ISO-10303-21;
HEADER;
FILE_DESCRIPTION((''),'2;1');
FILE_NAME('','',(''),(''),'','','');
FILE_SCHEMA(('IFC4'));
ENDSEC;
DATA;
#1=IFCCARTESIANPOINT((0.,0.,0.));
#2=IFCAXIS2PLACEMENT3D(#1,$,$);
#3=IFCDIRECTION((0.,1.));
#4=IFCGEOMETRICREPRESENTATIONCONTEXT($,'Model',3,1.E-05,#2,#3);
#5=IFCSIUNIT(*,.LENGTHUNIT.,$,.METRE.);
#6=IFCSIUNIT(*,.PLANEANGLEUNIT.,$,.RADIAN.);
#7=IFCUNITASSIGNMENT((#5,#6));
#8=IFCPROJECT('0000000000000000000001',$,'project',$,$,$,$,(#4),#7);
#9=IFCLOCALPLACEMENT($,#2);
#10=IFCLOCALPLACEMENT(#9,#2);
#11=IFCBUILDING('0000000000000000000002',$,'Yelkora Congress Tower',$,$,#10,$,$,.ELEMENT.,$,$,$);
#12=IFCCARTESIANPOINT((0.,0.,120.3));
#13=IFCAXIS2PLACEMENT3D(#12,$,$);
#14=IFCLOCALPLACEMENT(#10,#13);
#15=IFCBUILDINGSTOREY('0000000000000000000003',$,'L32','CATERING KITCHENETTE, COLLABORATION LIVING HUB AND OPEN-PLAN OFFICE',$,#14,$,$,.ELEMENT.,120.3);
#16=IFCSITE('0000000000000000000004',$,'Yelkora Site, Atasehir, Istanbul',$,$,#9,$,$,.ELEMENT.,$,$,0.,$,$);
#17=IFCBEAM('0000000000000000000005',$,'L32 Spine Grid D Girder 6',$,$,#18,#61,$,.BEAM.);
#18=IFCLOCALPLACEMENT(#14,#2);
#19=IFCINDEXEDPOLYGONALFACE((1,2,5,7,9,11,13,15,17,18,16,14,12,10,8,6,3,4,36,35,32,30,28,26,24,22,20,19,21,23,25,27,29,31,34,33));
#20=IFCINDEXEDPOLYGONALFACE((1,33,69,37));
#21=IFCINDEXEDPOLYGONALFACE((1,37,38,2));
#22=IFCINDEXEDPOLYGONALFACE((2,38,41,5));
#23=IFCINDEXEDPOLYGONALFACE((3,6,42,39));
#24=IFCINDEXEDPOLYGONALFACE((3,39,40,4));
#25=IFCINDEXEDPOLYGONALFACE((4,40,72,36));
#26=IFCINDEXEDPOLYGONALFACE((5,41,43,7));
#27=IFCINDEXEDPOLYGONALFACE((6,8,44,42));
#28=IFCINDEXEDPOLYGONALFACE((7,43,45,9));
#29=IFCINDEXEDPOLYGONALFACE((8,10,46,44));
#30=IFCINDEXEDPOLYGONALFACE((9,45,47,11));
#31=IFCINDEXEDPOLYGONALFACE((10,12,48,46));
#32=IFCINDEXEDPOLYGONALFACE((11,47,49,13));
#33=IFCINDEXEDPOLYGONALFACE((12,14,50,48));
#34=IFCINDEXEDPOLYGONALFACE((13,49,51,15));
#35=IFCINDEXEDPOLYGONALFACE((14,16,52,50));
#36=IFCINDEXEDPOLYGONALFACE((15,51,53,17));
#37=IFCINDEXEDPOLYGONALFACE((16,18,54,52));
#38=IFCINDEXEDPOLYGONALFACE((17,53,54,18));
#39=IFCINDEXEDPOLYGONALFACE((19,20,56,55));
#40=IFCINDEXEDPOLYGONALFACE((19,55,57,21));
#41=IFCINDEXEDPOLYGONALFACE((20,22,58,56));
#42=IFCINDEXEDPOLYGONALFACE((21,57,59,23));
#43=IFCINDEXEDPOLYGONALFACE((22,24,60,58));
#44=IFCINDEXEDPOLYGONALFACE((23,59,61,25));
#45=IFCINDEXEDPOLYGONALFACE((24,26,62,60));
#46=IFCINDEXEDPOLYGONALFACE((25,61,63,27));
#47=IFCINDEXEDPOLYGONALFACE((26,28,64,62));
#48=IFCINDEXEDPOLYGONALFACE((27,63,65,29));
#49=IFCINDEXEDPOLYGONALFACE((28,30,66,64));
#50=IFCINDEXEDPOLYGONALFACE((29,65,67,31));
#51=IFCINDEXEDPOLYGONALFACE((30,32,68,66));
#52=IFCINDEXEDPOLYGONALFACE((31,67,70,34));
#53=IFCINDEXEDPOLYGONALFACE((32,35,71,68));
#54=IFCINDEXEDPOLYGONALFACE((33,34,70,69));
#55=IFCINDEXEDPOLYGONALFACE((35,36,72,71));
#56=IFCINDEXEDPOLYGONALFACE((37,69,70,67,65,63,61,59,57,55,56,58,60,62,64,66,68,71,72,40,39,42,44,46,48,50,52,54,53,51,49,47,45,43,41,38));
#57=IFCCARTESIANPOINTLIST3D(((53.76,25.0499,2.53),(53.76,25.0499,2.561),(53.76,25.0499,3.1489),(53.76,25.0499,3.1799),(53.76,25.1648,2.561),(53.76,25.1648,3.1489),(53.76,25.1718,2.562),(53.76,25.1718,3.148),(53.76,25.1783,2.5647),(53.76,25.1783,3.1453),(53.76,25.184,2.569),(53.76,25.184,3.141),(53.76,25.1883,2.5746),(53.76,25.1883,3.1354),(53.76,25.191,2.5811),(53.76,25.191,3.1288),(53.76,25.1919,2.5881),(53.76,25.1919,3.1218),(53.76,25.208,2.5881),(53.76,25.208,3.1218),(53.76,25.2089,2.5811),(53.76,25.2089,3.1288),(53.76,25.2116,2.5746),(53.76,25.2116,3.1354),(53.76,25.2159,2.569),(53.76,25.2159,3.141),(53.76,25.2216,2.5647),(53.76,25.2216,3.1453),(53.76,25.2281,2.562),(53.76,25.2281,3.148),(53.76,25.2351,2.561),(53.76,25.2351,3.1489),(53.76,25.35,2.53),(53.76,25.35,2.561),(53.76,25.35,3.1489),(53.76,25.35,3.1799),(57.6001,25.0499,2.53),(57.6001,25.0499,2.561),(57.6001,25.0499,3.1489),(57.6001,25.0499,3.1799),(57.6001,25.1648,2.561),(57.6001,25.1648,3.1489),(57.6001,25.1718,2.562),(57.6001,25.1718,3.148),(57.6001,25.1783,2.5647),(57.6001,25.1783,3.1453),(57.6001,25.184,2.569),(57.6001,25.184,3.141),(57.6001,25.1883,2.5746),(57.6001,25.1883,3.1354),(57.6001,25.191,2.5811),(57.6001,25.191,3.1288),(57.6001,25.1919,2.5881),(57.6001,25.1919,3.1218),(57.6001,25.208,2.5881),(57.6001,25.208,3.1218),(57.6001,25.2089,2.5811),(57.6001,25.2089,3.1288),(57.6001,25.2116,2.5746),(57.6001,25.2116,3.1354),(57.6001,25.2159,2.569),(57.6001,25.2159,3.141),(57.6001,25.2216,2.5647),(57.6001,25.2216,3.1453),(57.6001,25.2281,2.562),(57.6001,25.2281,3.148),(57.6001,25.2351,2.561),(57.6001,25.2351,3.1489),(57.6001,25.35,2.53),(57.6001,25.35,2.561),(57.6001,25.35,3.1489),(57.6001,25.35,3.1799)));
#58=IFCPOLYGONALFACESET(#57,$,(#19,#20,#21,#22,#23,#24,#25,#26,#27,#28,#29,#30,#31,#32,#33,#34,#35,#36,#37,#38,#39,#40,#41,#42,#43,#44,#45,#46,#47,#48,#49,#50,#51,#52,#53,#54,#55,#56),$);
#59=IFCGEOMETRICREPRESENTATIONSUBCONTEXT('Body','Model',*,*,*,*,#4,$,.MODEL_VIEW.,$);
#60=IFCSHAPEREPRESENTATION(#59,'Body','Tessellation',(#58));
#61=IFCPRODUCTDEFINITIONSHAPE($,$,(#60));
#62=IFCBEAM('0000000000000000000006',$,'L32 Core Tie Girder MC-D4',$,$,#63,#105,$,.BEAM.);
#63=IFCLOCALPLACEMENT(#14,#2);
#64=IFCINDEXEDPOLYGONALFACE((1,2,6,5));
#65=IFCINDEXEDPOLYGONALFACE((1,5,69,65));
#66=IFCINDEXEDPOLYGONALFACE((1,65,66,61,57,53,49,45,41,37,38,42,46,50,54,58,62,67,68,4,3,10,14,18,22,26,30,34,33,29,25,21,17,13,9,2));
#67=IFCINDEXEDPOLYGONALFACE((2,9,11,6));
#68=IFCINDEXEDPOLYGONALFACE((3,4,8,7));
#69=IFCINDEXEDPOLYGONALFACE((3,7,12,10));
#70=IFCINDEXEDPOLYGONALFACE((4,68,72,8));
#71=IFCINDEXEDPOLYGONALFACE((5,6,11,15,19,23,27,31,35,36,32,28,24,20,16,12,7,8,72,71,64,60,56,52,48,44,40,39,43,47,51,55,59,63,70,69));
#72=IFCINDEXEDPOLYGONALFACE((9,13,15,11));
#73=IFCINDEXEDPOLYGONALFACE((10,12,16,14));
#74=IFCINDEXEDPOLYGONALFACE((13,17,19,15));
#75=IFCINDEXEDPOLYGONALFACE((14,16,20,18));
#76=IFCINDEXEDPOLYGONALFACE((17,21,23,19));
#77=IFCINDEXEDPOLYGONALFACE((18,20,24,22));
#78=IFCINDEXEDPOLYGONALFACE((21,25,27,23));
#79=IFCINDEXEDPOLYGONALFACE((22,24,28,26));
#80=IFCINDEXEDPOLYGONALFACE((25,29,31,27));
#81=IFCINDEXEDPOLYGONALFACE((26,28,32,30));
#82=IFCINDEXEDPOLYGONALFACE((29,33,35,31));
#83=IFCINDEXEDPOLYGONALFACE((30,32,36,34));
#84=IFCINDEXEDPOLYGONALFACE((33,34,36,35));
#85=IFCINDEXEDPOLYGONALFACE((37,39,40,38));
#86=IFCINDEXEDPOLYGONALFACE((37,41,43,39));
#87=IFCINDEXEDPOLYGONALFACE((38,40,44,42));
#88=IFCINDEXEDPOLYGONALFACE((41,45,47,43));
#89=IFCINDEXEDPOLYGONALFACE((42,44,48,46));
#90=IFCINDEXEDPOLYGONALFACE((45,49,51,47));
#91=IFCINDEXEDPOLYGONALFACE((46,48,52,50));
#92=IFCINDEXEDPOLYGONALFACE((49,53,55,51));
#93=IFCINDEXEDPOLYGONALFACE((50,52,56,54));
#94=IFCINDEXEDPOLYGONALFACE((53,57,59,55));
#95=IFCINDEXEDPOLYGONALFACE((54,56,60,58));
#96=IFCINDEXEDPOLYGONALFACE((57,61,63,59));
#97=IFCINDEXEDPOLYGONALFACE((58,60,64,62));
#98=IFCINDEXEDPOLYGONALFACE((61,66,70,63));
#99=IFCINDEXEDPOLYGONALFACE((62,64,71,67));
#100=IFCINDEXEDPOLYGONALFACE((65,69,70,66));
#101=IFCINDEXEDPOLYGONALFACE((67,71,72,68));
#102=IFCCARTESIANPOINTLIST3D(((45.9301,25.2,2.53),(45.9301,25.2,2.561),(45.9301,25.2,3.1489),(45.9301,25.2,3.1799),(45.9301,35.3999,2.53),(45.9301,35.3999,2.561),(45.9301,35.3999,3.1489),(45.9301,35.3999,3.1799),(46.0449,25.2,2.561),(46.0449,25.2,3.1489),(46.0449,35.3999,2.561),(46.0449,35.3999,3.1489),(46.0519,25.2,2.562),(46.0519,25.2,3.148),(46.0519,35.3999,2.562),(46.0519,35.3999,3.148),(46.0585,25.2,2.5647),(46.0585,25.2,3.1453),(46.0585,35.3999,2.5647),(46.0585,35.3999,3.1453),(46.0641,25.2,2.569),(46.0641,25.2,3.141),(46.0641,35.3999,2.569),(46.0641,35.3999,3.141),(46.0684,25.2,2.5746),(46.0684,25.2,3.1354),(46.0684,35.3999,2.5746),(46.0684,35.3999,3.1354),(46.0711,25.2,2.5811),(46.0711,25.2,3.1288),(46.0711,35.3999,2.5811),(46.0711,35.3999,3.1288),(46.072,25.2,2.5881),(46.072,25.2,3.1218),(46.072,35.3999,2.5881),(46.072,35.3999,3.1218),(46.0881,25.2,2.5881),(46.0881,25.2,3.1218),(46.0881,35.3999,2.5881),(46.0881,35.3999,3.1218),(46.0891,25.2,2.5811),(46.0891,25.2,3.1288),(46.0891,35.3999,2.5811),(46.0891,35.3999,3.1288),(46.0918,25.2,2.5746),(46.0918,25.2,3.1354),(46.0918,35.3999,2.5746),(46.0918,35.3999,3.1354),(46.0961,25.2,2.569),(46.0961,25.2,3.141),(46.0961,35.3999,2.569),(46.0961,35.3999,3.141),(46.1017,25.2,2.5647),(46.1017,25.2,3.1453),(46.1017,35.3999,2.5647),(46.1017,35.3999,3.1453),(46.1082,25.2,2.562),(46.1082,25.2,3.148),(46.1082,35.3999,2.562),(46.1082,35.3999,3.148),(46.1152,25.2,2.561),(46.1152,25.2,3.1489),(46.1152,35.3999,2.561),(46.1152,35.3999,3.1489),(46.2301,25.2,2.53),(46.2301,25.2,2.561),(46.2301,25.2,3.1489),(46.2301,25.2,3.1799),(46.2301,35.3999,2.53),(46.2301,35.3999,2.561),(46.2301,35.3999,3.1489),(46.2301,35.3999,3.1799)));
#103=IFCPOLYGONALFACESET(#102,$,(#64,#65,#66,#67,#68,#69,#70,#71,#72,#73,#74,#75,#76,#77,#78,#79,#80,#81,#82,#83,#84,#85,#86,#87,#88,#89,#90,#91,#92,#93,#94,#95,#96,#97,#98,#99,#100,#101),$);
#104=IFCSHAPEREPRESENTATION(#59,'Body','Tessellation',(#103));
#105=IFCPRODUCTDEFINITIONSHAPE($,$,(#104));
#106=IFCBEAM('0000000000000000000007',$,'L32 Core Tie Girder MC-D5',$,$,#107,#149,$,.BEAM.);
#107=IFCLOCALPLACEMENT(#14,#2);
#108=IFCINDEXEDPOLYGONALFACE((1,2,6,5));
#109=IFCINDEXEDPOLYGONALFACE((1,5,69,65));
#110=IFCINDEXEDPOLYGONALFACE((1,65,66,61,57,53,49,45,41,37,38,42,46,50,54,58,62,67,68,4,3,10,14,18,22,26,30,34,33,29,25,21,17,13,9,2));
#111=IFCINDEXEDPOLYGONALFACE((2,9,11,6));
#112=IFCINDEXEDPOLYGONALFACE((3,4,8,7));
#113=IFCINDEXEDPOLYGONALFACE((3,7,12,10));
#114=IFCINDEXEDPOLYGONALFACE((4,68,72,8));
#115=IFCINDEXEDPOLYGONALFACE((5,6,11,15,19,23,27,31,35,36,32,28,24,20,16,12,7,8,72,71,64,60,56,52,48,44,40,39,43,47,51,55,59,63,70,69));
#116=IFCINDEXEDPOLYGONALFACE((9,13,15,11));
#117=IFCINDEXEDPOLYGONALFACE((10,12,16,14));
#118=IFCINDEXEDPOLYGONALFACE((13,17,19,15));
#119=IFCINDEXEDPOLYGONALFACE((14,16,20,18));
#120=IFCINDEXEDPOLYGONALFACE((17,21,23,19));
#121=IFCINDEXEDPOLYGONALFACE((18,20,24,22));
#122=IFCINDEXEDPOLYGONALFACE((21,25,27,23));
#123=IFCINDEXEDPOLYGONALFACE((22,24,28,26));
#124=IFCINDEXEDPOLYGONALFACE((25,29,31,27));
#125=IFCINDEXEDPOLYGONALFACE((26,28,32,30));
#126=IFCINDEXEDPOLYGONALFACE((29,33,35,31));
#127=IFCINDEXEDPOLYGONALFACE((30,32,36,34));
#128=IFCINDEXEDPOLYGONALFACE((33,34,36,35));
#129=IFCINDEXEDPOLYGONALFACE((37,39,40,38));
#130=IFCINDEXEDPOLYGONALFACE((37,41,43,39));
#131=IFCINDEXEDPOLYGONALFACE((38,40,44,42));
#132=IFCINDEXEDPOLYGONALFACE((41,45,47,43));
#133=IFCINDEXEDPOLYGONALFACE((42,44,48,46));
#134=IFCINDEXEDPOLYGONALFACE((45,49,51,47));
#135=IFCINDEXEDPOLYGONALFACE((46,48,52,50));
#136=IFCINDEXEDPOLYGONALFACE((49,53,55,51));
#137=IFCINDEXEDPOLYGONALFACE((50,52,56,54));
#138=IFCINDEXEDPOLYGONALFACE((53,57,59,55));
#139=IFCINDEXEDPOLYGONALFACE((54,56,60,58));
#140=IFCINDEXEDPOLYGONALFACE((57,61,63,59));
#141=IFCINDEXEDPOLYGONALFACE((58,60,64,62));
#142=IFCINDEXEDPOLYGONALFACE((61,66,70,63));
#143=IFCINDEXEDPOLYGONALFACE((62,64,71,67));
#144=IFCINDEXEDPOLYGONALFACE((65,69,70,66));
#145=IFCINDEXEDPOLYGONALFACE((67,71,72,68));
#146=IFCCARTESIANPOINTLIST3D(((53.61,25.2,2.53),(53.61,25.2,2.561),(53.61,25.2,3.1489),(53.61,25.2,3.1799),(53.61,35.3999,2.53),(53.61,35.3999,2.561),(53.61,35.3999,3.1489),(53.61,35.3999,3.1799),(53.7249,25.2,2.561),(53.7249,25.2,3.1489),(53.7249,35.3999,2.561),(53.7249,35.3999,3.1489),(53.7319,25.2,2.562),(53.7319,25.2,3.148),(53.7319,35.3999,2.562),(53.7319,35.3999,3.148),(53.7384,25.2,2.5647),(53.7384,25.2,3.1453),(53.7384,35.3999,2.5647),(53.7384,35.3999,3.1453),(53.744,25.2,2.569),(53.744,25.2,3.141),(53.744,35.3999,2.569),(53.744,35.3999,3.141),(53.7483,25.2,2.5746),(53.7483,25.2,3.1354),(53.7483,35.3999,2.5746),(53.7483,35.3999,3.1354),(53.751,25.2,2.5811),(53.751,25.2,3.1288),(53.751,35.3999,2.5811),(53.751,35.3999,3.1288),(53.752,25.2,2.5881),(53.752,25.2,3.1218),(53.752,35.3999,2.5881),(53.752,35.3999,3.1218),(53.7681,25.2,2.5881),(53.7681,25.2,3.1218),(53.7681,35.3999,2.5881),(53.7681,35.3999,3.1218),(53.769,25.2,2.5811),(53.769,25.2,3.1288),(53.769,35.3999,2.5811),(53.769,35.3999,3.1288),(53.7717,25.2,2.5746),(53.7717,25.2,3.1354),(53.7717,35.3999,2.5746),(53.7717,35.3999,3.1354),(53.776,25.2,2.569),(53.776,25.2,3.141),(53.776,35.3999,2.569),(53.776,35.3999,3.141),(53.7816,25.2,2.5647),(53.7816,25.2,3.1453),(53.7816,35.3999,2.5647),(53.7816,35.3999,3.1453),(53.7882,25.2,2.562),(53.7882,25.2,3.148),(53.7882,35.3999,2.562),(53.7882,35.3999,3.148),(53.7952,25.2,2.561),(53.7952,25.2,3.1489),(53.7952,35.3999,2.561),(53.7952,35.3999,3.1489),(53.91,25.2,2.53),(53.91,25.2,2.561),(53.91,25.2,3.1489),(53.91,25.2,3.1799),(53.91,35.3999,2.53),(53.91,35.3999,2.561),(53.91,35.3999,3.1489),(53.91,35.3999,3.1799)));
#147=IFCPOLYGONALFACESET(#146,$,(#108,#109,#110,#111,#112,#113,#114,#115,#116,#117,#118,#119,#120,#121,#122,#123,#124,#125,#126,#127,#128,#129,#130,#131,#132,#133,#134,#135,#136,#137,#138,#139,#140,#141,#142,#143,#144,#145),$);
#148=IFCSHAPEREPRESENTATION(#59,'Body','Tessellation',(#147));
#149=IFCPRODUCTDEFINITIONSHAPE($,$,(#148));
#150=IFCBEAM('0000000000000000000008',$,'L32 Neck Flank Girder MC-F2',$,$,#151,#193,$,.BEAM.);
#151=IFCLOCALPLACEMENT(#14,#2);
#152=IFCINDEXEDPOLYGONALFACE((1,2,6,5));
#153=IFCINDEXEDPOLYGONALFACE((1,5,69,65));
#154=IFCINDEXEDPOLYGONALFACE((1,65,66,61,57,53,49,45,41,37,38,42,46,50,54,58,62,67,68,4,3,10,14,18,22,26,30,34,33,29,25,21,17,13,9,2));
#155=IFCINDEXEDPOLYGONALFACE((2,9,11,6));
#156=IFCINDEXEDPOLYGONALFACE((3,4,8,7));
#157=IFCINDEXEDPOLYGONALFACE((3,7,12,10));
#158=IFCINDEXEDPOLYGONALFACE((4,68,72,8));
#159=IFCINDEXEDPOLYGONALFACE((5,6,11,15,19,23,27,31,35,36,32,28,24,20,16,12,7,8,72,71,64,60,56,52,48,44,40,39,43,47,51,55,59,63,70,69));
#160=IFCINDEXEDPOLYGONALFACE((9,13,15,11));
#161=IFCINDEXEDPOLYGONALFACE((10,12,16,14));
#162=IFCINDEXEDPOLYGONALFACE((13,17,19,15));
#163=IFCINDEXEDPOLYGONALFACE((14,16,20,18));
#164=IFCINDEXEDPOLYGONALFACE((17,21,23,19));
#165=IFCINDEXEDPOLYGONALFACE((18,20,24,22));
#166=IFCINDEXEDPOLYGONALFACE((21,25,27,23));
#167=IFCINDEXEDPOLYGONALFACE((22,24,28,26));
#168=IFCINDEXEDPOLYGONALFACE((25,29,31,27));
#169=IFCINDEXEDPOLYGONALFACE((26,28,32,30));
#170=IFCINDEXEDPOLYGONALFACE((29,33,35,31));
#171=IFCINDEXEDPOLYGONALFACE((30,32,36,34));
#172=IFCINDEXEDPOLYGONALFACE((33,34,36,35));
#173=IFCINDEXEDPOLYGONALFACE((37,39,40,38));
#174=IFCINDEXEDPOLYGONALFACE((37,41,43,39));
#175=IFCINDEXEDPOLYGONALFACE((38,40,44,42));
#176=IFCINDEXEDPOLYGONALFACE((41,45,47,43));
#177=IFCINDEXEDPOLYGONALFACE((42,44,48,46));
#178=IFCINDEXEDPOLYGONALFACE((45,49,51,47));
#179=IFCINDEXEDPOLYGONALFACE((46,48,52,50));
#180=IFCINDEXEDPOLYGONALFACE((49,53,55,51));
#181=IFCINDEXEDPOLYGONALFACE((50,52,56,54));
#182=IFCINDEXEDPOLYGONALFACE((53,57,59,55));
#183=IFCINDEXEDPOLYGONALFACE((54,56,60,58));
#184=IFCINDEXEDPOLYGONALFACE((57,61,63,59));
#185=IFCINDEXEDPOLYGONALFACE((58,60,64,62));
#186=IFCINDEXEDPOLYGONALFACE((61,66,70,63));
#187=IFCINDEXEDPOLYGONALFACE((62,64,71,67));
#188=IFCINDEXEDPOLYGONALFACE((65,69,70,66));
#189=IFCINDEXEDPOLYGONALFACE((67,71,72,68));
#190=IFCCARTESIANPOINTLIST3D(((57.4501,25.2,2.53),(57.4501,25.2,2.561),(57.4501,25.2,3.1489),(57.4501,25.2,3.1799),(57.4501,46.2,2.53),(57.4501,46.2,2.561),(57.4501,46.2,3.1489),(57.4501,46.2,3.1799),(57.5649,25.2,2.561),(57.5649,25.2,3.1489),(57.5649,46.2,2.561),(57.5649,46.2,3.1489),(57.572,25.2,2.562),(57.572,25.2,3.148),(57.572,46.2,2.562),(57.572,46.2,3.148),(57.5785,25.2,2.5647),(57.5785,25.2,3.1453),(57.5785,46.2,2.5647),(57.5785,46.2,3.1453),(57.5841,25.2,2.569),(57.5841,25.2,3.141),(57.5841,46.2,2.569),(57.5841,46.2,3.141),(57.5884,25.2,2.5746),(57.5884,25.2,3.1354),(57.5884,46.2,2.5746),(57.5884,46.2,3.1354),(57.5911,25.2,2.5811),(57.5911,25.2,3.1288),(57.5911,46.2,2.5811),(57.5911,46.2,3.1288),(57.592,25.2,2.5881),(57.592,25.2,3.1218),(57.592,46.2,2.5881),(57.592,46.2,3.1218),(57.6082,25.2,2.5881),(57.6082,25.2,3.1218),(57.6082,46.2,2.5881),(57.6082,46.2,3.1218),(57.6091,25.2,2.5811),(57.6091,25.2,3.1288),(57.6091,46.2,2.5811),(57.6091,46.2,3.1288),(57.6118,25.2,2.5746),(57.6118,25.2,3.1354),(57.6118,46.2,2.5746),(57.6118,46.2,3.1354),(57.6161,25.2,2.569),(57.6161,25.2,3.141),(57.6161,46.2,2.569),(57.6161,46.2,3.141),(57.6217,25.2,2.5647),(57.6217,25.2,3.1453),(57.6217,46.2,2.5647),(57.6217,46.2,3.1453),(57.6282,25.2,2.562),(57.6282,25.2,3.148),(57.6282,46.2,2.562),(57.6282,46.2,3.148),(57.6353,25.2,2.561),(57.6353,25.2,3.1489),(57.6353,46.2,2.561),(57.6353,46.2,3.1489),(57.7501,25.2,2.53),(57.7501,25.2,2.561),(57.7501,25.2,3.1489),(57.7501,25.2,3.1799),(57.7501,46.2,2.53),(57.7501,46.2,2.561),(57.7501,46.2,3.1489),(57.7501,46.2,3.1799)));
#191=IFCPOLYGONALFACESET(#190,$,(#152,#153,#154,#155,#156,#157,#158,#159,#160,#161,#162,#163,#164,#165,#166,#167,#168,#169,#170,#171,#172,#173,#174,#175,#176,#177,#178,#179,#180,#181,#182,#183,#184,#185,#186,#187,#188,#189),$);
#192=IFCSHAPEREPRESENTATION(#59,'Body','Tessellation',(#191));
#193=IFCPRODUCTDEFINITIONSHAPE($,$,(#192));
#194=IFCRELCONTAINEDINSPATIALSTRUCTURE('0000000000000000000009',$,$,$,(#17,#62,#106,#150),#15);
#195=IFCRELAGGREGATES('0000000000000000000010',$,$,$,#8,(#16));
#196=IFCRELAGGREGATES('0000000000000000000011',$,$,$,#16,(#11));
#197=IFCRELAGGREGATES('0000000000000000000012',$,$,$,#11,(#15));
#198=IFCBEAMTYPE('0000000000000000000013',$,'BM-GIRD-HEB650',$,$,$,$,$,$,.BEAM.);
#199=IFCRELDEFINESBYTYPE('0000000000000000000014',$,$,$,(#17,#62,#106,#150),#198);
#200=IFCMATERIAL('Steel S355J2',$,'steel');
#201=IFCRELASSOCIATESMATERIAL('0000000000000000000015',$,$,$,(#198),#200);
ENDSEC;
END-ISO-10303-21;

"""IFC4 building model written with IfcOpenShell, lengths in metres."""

from ifc_helpers import new_model, si_unit, direction, frame, origin, origin_2d, place, context, subcontext, project, spatial, i_section, extrude, material, material_profile, profile_set, type_object, element, save


model = new_model("IFC4")

# Units and contexts
model_context = context("Model", 3, precision=1e-05, world=origin(), true_north=direction((0.0, 1.0)))
body_context = subcontext(model_context, "Body", "Model", "MODEL_VIEW")
ifc_project = project(units=[si_unit("LENGTHUNIT", "METRE"), si_unit("PLANEANGLEUNIT", "RADIAN")], contexts=[model_context])

# Site, building, storey
site_placement = place(None, origin())
site = spatial("IfcSite", under=ifc_project, at=site_placement, Name="Yelkora Site, Atasehir, Istanbul", CompositionType="ELEMENT", RefElevation=0.0)
building_placement = place(site_placement, origin())
building = spatial("IfcBuilding", under=site, at=building_placement, Name="Yelkora Congress Tower", CompositionType="ELEMENT")
storey_placement = place(building_placement, frame((0.0, 0.0, 120.3)))
storey = spatial("IfcBuildingStorey", under=building, at=storey_placement, Name="L32", Description="CATERING KITCHENETTE, COLLABORATION LIVING HUB AND OPEN-PLAN OFFICE", CompositionType="ELEMENT", Elevation=120.3)

# Beams
ifc_material_1 = material(Name="Steel S355J2", Category="steel")
ifc_material_profile_1 = material_profile(ifc_material_1, i_section(OverallWidth=0.3, OverallDepth=0.6499, WebThickness=0.0161, FlangeThickness=0.031, FilletRadius=0.0271, at=origin_2d()), Name="HEB 650")
ifc_profile_set_1 = profile_set([ifc_material_profile_1], Name="Steel S355J2")
beam_type_1 = type_object("IfcBeamType", Name="BM-GIRD-HEB650", PredefinedType="BEAM", material=ifc_profile_set_1)
beam_1_placement = place(storey_placement, frame((53.76, 25.2, 2.855), z_axis=(1.0, 0.0, 0.0), x_axis=(0.0, 1.0, 0.0)))
element("IfcBeam", 1, at=beam_1_placement, inside=storey, type_object=beam_type_1, Name="L32 Spine Grid D Girder 6", PredefinedType="BEAM", context=body_context, shape_type="SweptSolid", body=[
    extrude(i_section(OverallWidth=0.3, OverallDepth=0.6499, WebThickness=0.0161, FlangeThickness=0.031, FilletRadius=0.0271, at=origin_2d()), origin(), (0.0, 0.0, 1.0), 3.8401),
])
for number, where, z_axis, x_axis, name in (
    (2, (46.0801, 25.2, 2.855), (0.0, 1.0, 0.0), (-1.0, 0.0, 0.0), "L32 Core Tie Girder MC-D4"),
    (3, (53.76, 25.2, 2.855), (0.0, 1.0, 0.0), (-1.0, 0.0, 0.0), "L32 Core Tie Girder MC-D5"),
):
    element("IfcBeam", number, at=place(storey_placement, frame(where, z_axis=z_axis, x_axis=x_axis)), inside=storey, type_object=beam_type_1, Name=name, PredefinedType="BEAM", context=body_context, shape_type="SweptSolid", body=[
        extrude(i_section(OverallWidth=0.3, OverallDepth=0.6499, WebThickness=0.0161, FlangeThickness=0.031, FilletRadius=0.0271, at=origin_2d()), origin(), (0.0, 0.0, 1.0), 10.2),
    ])
beam_2_placement = place(storey_placement, frame((57.6001, 25.2, 2.855), z_axis=(0.0, 1.0, 0.0), x_axis=(-1.0, 0.0, 0.0)))
element("IfcBeam", 4, at=beam_2_placement, inside=storey, type_object=beam_type_1, Name="L32 Neck Flank Girder MC-F2", PredefinedType="BEAM", context=body_context, shape_type="SweptSolid", body=[
    extrude(i_section(OverallWidth=0.3, OverallDepth=0.6499, WebThickness=0.0161, FlangeThickness=0.031, FilletRadius=0.0271, at=origin_2d()), origin(), (0.0, 0.0, 1.0), 21.0),
])

save(model, "model.ifc")
